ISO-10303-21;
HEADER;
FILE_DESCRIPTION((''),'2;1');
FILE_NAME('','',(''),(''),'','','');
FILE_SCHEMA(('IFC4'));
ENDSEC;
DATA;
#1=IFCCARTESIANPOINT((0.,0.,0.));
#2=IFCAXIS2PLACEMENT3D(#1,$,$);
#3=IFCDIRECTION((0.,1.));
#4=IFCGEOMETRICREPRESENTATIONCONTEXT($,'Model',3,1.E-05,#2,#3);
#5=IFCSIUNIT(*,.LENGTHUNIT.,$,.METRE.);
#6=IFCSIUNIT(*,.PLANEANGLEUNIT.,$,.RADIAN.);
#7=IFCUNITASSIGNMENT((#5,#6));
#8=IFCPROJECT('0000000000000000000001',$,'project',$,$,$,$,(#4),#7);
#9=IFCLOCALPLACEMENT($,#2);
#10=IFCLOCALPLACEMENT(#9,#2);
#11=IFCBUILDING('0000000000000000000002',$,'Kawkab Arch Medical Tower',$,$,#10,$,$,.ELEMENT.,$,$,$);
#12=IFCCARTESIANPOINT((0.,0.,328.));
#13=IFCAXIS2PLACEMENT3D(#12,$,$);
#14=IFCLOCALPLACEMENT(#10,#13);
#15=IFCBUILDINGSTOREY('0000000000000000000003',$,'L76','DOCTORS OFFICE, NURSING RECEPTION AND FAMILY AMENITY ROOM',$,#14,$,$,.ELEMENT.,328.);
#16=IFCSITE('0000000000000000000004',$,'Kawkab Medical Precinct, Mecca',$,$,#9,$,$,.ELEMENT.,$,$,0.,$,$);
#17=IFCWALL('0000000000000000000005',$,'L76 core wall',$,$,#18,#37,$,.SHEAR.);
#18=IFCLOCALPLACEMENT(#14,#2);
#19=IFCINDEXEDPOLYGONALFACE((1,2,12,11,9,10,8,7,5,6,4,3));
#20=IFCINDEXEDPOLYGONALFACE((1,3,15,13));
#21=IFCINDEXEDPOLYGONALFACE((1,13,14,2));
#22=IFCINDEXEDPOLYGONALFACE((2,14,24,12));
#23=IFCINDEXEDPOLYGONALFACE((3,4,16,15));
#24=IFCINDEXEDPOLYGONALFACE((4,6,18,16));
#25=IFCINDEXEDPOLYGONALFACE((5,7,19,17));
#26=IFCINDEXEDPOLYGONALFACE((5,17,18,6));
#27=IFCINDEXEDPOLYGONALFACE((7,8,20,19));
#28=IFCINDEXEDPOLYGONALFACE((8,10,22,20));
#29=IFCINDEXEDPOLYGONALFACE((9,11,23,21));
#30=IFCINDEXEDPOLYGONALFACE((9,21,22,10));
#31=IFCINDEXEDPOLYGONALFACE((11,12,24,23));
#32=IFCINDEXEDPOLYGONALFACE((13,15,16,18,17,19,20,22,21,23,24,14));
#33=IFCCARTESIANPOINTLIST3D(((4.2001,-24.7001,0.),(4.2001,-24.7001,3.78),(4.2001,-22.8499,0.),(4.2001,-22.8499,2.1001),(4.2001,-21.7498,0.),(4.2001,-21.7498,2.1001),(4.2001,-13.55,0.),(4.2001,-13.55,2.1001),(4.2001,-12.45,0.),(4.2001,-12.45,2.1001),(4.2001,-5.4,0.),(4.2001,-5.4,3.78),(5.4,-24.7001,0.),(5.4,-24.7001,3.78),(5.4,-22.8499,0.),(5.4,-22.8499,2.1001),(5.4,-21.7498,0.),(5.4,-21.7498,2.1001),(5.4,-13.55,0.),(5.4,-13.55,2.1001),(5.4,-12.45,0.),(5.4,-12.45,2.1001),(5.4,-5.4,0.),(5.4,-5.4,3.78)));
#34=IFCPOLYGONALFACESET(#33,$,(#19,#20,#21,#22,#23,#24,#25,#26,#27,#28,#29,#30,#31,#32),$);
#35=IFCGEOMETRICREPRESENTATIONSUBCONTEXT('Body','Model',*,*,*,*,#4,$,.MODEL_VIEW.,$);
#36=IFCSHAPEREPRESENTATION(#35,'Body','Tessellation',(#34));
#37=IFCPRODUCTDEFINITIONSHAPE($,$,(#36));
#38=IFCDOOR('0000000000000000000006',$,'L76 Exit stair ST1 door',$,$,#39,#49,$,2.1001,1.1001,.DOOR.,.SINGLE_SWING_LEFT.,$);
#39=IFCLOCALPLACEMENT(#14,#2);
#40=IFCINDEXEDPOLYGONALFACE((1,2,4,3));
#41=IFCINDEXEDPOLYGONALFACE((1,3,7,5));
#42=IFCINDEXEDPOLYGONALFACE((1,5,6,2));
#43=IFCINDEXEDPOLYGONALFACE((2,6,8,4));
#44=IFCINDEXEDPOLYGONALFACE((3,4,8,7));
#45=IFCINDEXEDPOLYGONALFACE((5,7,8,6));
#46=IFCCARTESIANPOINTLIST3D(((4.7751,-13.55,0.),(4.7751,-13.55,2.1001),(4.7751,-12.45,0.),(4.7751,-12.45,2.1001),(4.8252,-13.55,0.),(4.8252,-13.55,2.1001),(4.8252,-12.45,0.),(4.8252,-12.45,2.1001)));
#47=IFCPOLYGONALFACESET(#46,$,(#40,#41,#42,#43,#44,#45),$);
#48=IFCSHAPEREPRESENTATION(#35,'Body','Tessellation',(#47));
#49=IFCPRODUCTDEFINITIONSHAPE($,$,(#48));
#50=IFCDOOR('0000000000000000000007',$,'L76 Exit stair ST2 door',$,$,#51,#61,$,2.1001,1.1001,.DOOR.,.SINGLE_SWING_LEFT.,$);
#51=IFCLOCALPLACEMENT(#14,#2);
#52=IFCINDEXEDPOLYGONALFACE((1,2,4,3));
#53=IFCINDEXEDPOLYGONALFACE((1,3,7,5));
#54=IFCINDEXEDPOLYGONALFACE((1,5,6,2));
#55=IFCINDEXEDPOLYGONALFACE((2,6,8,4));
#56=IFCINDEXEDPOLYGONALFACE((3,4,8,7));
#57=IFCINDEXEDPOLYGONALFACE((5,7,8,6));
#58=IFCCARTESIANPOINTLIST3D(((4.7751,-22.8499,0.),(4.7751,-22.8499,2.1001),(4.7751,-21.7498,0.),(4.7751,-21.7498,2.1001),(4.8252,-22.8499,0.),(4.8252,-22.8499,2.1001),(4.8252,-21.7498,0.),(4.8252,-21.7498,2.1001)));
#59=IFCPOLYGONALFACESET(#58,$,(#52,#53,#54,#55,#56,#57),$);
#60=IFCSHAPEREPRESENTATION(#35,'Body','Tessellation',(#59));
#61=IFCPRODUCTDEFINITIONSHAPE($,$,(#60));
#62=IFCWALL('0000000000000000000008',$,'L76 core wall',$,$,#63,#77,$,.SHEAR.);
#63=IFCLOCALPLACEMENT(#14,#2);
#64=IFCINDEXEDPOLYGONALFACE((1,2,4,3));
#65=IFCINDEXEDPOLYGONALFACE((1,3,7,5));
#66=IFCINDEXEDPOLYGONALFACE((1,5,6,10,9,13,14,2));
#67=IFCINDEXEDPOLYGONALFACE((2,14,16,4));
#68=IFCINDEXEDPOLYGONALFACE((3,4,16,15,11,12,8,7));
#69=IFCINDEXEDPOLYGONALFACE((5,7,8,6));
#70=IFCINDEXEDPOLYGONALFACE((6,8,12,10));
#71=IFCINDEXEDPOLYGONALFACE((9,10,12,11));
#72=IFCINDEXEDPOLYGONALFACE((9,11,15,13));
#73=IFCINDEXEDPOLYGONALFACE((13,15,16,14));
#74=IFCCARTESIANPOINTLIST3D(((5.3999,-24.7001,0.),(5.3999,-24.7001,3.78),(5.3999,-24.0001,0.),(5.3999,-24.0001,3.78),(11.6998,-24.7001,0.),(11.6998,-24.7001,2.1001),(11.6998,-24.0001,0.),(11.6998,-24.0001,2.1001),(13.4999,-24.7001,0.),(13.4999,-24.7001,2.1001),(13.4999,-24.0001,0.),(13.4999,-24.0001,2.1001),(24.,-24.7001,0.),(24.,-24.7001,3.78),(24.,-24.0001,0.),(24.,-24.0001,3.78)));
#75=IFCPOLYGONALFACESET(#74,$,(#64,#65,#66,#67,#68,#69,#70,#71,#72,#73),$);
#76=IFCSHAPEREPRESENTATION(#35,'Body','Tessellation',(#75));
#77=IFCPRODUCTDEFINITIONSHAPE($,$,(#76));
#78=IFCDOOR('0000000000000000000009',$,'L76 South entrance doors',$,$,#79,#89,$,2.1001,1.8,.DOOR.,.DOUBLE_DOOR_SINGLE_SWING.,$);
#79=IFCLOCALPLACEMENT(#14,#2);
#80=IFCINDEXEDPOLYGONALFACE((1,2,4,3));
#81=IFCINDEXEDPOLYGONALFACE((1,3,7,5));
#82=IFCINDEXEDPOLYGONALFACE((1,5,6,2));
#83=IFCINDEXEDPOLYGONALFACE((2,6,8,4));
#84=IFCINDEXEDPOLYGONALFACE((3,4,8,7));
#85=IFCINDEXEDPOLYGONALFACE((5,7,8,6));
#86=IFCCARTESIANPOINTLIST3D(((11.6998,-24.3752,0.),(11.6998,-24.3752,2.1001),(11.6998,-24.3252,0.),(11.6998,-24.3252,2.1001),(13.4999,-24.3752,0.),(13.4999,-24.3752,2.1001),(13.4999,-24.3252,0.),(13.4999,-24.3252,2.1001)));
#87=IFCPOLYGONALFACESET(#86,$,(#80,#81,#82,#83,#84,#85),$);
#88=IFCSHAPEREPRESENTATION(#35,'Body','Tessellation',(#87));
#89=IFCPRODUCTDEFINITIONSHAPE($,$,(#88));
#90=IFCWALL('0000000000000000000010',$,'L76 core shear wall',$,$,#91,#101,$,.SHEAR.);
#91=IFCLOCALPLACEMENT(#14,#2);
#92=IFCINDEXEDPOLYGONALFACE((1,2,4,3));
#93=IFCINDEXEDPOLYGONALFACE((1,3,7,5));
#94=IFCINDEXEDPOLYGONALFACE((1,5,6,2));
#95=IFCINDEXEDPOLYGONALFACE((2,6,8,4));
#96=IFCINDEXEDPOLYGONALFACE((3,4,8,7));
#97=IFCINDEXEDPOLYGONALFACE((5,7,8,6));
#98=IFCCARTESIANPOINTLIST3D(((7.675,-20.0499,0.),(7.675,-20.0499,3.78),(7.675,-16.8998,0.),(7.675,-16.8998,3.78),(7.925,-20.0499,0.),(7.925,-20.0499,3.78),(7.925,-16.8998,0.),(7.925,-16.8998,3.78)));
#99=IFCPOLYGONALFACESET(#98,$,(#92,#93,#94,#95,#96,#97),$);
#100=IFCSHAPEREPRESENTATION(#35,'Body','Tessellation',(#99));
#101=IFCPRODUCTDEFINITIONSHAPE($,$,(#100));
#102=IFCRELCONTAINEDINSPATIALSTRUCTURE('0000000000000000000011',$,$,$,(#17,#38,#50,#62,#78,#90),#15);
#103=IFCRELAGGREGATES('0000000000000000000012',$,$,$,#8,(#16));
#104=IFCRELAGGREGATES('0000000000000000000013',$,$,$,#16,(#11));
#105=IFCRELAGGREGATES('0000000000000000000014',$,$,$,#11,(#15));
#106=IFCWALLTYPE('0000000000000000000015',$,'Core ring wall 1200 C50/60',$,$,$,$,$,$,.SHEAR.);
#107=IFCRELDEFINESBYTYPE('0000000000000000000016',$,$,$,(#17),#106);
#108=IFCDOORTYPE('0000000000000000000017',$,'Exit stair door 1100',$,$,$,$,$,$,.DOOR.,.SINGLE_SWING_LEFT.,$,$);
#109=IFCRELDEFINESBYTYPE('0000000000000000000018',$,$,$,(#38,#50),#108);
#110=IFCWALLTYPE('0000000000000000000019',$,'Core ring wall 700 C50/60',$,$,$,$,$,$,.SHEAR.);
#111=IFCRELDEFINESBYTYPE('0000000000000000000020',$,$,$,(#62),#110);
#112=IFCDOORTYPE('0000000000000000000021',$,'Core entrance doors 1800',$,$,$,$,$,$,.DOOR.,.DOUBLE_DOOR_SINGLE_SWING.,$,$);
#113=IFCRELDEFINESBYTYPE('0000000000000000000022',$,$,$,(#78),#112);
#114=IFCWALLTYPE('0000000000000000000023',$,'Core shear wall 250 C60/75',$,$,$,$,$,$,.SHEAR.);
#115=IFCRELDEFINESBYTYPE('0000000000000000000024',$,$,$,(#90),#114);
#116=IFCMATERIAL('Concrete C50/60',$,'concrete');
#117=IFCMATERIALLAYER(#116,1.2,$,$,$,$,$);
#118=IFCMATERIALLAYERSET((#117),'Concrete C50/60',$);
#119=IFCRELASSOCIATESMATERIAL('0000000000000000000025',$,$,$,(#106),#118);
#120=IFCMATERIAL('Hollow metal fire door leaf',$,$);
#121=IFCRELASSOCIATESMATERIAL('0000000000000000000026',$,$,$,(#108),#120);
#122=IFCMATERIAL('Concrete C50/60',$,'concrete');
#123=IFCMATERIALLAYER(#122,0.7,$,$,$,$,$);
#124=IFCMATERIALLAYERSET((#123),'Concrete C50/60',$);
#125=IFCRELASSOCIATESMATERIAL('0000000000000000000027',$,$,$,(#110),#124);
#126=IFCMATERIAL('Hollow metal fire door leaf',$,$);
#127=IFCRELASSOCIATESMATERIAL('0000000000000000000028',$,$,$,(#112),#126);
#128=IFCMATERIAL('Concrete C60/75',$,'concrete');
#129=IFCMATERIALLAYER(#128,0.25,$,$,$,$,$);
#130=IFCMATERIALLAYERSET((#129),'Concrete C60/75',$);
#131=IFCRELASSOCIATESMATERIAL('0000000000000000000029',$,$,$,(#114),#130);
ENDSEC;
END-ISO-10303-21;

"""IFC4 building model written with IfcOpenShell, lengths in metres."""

from ifc_helpers import new_model, si_unit, direction, frame, frame_2d, origin, place, context, subcontext, project, spatial, rectangle, extrude, material, layer, layer_set, type_object, element, fill, save


model = new_model("IFC4")

# Units and contexts
model_context = context("Model", 3, precision=1e-05, world=origin(), true_north=direction((0.0, 1.0)))
body_context = subcontext(model_context, "Body", "Model", "MODEL_VIEW")
ifc_project = project(units=[si_unit("LENGTHUNIT", "METRE"), si_unit("PLANEANGLEUNIT", "RADIAN")], contexts=[model_context])

# Site, building, storey
site_placement = place(None, origin())
site = spatial("IfcSite", under=ifc_project, at=site_placement, Name="Kawkab Medical Precinct, Mecca", CompositionType="ELEMENT", RefElevation=0.0)
building_placement = place(site_placement, origin())
building = spatial("IfcBuilding", under=site, at=building_placement, Name="Kawkab Arch Medical Tower", CompositionType="ELEMENT")
storey_placement = place(building_placement, frame((0.0, 0.0, 328.0)))
storey = spatial("IfcBuildingStorey", under=building, at=storey_placement, Name="L76", Description="DOCTORS OFFICE, NURSING RECEPTION AND FAMILY AMENITY ROOM", CompositionType="ELEMENT", Elevation=328.0)

# Wall, openings, doors
ifc_material_1 = material(Name="Concrete C50/60", Category="concrete")
ifc_layer_1 = layer(ifc_material_1, 1.2)
ifc_layer_set_1 = layer_set([ifc_layer_1], Name="Concrete C50/60")
wall_type_1 = type_object("IfcWallType", Name="Core ring wall 1200 C50/60", PredefinedType="SHEAR", material=ifc_layer_set_1)
wall_1_placement = place(storey_placement, frame((4.8, -24.7, 0.0), z_axis=(0.0, 0.0, 1.0), x_axis=(0.0, 1.0, 0.0)))
wall_1 = element("IfcWall", 1, at=wall_1_placement, inside=storey, type_object=wall_type_1, Name="L76 core wall", PredefinedType="SHEAR", context=body_context, shape_type="SweptSolid", body=[
    extrude(rectangle(XDim=19.3, YDim=1.2, at=frame_2d((9.6499, 0.0))), origin(), (0.0, 0.0, 1.0), 3.78),
])
opening_1_placement = place(wall_1_placement, frame((11.1499, 0.0, 0.0)))
opening_1 = element("IfcOpeningElement", 2, at=opening_1_placement, cuts=wall_1, PredefinedType="OPENING", context=body_context, shape_type="SweptSolid", body=[
    extrude(rectangle(XDim=1.1001, YDim=2.1001, at=frame_2d((0.55, 1.05))), frame((0.0, 0.6099, 0.0), z_axis=(0.0, -1.0, 0.0), x_axis=(1.0, 0.0, 0.0)), (0.0, 0.0, 1.0), 1.22),
])
opening_2_placement = place(wall_1_placement, frame((1.8501, 0.0, 0.0)))
opening_2 = element("IfcOpeningElement", 3, at=opening_2_placement, cuts=wall_1, PredefinedType="OPENING", context=body_context, shape_type="SweptSolid", body=[
    extrude(rectangle(XDim=1.1001, YDim=2.1001, at=frame_2d((0.55, 1.05))), frame((0.0, 0.6099, 0.0), z_axis=(0.0, -1.0, 0.0), x_axis=(1.0, 0.0, 0.0)), (0.0, 0.0, 1.0), 1.22),
])
ifc_material_2 = material(Name="Hollow metal fire door leaf")
door_type_1 = type_object("IfcDoorType", Name="Exit stair door 1100", OperationType="SINGLE_SWING_LEFT", PredefinedType="DOOR", material=ifc_material_2)
door_1_placement = place(opening_1_placement, origin())
door_1 = element("IfcDoor", 4, at=door_1_placement, inside=storey, type_object=door_type_1, Name="L76 Exit stair ST1 door", OperationType="SINGLE_SWING_LEFT", OverallHeight=2.1001, OverallWidth=1.1001, PredefinedType="DOOR", context=body_context, shape_type="SweptSolid", body=[
    extrude(rectangle(XDim=1.1001, YDim=2.1001, at=frame_2d((0.55, 1.05))), frame((0.0, 0.0249, 0.0), z_axis=(0.0, -1.0, 0.0), x_axis=(1.0, 0.0, 0.0)), (0.0, 0.0, 1.0), 0.05),
])
fill(opening_1, door_1)
door_2_placement = place(opening_2_placement, origin())
door_2 = element("IfcDoor", 5, at=door_2_placement, inside=storey, type_object=door_type_1, Name="L76 Exit stair ST2 door", OperationType="SINGLE_SWING_LEFT", OverallHeight=2.1001, OverallWidth=1.1001, PredefinedType="DOOR", context=body_context, shape_type="SweptSolid", body=[
    extrude(rectangle(XDim=1.1001, YDim=2.1001, at=frame_2d((0.55, 1.05))), frame((0.0, 0.0249, 0.0), z_axis=(0.0, -1.0, 0.0), x_axis=(1.0, 0.0, 0.0)), (0.0, 0.0, 1.0), 0.05),
])
fill(opening_2, door_2)

# Wall, opening, door
ifc_material_3 = material(Name="Concrete C50/60", Category="concrete")
ifc_layer_2 = layer(ifc_material_3, 0.7)
ifc_layer_set_2 = layer_set([ifc_layer_2], Name="Concrete C50/60")
wall_type_2 = type_object("IfcWallType", Name="Core ring wall 700 C50/60", PredefinedType="SHEAR", material=ifc_layer_set_2)
wall_2_placement = place(storey_placement, frame((5.3999, -24.3501, 0.0), z_axis=(0.0, 0.0, 1.0), x_axis=(1.0, 0.0, 0.0)))
wall_2 = element("IfcWall", 6, at=wall_2_placement, inside=storey, type_object=wall_type_2, Name="L76 core wall", PredefinedType="SHEAR", context=body_context, shape_type="SweptSolid", body=[
    extrude(rectangle(XDim=18.6001, YDim=0.7, at=frame_2d((9.3, 0.0))), origin(), (0.0, 0.0, 1.0), 3.78),
])
opening_3_placement = place(wall_2_placement, frame((6.3, 0.0, 0.0)))
opening_3 = element("IfcOpeningElement", 7, at=opening_3_placement, cuts=wall_2, PredefinedType="OPENING", context=body_context, shape_type="SweptSolid", body=[
    extrude(rectangle(XDim=1.8, YDim=2.1001, at=frame_2d((0.8999, 1.05))), frame((0.0, 0.3599, 0.0), z_axis=(0.0, -1.0, 0.0), x_axis=(1.0, 0.0, 0.0)), (0.0, 0.0, 1.0), 0.72),
])
ifc_material_4 = material(Name="Hollow metal fire door leaf")
door_type_2 = type_object("IfcDoorType", Name="Core entrance doors 1800", OperationType="DOUBLE_DOOR_SINGLE_SWING", PredefinedType="DOOR", material=ifc_material_4)
door_3_placement = place(opening_3_placement, origin())
door_3 = element("IfcDoor", 8, at=door_3_placement, inside=storey, type_object=door_type_2, Name="L76 South entrance doors", OperationType="DOUBLE_DOOR_SINGLE_SWING", OverallHeight=2.1001, OverallWidth=1.8, PredefinedType="DOOR", context=body_context, shape_type="SweptSolid", body=[
    extrude(rectangle(XDim=1.8, YDim=2.1001, at=frame_2d((0.8999, 1.05))), frame((0.0, 0.0249, 0.0), z_axis=(0.0, -1.0, 0.0), x_axis=(1.0, 0.0, 0.0)), (0.0, 0.0, 1.0), 0.05),
])
fill(opening_3, door_3)

# Wall
ifc_material_5 = material(Name="Concrete C60/75", Category="concrete")
ifc_layer_3 = layer(ifc_material_5, 0.25)
ifc_layer_set_3 = layer_set([ifc_layer_3], Name="Concrete C60/75")
wall_type_3 = type_object("IfcWallType", Name="Core shear wall 250 C60/75", PredefinedType="SHEAR", material=ifc_layer_set_3)
wall_3_placement = place(storey_placement, frame((7.8, -20.05, 0.0), z_axis=(0.0, 0.0, 1.0), x_axis=(0.0, 1.0, 0.0)))
element("IfcWall", 9, at=wall_3_placement, inside=storey, type_object=wall_type_3, Name="L76 core shear wall", PredefinedType="SHEAR", context=body_context, shape_type="SweptSolid", body=[
    extrude(rectangle(XDim=3.1501, YDim=0.25, at=frame_2d((1.5752, 0.0))), origin(), (0.0, 0.0, 1.0), 3.78),
])

save(model, "model.ifc")
